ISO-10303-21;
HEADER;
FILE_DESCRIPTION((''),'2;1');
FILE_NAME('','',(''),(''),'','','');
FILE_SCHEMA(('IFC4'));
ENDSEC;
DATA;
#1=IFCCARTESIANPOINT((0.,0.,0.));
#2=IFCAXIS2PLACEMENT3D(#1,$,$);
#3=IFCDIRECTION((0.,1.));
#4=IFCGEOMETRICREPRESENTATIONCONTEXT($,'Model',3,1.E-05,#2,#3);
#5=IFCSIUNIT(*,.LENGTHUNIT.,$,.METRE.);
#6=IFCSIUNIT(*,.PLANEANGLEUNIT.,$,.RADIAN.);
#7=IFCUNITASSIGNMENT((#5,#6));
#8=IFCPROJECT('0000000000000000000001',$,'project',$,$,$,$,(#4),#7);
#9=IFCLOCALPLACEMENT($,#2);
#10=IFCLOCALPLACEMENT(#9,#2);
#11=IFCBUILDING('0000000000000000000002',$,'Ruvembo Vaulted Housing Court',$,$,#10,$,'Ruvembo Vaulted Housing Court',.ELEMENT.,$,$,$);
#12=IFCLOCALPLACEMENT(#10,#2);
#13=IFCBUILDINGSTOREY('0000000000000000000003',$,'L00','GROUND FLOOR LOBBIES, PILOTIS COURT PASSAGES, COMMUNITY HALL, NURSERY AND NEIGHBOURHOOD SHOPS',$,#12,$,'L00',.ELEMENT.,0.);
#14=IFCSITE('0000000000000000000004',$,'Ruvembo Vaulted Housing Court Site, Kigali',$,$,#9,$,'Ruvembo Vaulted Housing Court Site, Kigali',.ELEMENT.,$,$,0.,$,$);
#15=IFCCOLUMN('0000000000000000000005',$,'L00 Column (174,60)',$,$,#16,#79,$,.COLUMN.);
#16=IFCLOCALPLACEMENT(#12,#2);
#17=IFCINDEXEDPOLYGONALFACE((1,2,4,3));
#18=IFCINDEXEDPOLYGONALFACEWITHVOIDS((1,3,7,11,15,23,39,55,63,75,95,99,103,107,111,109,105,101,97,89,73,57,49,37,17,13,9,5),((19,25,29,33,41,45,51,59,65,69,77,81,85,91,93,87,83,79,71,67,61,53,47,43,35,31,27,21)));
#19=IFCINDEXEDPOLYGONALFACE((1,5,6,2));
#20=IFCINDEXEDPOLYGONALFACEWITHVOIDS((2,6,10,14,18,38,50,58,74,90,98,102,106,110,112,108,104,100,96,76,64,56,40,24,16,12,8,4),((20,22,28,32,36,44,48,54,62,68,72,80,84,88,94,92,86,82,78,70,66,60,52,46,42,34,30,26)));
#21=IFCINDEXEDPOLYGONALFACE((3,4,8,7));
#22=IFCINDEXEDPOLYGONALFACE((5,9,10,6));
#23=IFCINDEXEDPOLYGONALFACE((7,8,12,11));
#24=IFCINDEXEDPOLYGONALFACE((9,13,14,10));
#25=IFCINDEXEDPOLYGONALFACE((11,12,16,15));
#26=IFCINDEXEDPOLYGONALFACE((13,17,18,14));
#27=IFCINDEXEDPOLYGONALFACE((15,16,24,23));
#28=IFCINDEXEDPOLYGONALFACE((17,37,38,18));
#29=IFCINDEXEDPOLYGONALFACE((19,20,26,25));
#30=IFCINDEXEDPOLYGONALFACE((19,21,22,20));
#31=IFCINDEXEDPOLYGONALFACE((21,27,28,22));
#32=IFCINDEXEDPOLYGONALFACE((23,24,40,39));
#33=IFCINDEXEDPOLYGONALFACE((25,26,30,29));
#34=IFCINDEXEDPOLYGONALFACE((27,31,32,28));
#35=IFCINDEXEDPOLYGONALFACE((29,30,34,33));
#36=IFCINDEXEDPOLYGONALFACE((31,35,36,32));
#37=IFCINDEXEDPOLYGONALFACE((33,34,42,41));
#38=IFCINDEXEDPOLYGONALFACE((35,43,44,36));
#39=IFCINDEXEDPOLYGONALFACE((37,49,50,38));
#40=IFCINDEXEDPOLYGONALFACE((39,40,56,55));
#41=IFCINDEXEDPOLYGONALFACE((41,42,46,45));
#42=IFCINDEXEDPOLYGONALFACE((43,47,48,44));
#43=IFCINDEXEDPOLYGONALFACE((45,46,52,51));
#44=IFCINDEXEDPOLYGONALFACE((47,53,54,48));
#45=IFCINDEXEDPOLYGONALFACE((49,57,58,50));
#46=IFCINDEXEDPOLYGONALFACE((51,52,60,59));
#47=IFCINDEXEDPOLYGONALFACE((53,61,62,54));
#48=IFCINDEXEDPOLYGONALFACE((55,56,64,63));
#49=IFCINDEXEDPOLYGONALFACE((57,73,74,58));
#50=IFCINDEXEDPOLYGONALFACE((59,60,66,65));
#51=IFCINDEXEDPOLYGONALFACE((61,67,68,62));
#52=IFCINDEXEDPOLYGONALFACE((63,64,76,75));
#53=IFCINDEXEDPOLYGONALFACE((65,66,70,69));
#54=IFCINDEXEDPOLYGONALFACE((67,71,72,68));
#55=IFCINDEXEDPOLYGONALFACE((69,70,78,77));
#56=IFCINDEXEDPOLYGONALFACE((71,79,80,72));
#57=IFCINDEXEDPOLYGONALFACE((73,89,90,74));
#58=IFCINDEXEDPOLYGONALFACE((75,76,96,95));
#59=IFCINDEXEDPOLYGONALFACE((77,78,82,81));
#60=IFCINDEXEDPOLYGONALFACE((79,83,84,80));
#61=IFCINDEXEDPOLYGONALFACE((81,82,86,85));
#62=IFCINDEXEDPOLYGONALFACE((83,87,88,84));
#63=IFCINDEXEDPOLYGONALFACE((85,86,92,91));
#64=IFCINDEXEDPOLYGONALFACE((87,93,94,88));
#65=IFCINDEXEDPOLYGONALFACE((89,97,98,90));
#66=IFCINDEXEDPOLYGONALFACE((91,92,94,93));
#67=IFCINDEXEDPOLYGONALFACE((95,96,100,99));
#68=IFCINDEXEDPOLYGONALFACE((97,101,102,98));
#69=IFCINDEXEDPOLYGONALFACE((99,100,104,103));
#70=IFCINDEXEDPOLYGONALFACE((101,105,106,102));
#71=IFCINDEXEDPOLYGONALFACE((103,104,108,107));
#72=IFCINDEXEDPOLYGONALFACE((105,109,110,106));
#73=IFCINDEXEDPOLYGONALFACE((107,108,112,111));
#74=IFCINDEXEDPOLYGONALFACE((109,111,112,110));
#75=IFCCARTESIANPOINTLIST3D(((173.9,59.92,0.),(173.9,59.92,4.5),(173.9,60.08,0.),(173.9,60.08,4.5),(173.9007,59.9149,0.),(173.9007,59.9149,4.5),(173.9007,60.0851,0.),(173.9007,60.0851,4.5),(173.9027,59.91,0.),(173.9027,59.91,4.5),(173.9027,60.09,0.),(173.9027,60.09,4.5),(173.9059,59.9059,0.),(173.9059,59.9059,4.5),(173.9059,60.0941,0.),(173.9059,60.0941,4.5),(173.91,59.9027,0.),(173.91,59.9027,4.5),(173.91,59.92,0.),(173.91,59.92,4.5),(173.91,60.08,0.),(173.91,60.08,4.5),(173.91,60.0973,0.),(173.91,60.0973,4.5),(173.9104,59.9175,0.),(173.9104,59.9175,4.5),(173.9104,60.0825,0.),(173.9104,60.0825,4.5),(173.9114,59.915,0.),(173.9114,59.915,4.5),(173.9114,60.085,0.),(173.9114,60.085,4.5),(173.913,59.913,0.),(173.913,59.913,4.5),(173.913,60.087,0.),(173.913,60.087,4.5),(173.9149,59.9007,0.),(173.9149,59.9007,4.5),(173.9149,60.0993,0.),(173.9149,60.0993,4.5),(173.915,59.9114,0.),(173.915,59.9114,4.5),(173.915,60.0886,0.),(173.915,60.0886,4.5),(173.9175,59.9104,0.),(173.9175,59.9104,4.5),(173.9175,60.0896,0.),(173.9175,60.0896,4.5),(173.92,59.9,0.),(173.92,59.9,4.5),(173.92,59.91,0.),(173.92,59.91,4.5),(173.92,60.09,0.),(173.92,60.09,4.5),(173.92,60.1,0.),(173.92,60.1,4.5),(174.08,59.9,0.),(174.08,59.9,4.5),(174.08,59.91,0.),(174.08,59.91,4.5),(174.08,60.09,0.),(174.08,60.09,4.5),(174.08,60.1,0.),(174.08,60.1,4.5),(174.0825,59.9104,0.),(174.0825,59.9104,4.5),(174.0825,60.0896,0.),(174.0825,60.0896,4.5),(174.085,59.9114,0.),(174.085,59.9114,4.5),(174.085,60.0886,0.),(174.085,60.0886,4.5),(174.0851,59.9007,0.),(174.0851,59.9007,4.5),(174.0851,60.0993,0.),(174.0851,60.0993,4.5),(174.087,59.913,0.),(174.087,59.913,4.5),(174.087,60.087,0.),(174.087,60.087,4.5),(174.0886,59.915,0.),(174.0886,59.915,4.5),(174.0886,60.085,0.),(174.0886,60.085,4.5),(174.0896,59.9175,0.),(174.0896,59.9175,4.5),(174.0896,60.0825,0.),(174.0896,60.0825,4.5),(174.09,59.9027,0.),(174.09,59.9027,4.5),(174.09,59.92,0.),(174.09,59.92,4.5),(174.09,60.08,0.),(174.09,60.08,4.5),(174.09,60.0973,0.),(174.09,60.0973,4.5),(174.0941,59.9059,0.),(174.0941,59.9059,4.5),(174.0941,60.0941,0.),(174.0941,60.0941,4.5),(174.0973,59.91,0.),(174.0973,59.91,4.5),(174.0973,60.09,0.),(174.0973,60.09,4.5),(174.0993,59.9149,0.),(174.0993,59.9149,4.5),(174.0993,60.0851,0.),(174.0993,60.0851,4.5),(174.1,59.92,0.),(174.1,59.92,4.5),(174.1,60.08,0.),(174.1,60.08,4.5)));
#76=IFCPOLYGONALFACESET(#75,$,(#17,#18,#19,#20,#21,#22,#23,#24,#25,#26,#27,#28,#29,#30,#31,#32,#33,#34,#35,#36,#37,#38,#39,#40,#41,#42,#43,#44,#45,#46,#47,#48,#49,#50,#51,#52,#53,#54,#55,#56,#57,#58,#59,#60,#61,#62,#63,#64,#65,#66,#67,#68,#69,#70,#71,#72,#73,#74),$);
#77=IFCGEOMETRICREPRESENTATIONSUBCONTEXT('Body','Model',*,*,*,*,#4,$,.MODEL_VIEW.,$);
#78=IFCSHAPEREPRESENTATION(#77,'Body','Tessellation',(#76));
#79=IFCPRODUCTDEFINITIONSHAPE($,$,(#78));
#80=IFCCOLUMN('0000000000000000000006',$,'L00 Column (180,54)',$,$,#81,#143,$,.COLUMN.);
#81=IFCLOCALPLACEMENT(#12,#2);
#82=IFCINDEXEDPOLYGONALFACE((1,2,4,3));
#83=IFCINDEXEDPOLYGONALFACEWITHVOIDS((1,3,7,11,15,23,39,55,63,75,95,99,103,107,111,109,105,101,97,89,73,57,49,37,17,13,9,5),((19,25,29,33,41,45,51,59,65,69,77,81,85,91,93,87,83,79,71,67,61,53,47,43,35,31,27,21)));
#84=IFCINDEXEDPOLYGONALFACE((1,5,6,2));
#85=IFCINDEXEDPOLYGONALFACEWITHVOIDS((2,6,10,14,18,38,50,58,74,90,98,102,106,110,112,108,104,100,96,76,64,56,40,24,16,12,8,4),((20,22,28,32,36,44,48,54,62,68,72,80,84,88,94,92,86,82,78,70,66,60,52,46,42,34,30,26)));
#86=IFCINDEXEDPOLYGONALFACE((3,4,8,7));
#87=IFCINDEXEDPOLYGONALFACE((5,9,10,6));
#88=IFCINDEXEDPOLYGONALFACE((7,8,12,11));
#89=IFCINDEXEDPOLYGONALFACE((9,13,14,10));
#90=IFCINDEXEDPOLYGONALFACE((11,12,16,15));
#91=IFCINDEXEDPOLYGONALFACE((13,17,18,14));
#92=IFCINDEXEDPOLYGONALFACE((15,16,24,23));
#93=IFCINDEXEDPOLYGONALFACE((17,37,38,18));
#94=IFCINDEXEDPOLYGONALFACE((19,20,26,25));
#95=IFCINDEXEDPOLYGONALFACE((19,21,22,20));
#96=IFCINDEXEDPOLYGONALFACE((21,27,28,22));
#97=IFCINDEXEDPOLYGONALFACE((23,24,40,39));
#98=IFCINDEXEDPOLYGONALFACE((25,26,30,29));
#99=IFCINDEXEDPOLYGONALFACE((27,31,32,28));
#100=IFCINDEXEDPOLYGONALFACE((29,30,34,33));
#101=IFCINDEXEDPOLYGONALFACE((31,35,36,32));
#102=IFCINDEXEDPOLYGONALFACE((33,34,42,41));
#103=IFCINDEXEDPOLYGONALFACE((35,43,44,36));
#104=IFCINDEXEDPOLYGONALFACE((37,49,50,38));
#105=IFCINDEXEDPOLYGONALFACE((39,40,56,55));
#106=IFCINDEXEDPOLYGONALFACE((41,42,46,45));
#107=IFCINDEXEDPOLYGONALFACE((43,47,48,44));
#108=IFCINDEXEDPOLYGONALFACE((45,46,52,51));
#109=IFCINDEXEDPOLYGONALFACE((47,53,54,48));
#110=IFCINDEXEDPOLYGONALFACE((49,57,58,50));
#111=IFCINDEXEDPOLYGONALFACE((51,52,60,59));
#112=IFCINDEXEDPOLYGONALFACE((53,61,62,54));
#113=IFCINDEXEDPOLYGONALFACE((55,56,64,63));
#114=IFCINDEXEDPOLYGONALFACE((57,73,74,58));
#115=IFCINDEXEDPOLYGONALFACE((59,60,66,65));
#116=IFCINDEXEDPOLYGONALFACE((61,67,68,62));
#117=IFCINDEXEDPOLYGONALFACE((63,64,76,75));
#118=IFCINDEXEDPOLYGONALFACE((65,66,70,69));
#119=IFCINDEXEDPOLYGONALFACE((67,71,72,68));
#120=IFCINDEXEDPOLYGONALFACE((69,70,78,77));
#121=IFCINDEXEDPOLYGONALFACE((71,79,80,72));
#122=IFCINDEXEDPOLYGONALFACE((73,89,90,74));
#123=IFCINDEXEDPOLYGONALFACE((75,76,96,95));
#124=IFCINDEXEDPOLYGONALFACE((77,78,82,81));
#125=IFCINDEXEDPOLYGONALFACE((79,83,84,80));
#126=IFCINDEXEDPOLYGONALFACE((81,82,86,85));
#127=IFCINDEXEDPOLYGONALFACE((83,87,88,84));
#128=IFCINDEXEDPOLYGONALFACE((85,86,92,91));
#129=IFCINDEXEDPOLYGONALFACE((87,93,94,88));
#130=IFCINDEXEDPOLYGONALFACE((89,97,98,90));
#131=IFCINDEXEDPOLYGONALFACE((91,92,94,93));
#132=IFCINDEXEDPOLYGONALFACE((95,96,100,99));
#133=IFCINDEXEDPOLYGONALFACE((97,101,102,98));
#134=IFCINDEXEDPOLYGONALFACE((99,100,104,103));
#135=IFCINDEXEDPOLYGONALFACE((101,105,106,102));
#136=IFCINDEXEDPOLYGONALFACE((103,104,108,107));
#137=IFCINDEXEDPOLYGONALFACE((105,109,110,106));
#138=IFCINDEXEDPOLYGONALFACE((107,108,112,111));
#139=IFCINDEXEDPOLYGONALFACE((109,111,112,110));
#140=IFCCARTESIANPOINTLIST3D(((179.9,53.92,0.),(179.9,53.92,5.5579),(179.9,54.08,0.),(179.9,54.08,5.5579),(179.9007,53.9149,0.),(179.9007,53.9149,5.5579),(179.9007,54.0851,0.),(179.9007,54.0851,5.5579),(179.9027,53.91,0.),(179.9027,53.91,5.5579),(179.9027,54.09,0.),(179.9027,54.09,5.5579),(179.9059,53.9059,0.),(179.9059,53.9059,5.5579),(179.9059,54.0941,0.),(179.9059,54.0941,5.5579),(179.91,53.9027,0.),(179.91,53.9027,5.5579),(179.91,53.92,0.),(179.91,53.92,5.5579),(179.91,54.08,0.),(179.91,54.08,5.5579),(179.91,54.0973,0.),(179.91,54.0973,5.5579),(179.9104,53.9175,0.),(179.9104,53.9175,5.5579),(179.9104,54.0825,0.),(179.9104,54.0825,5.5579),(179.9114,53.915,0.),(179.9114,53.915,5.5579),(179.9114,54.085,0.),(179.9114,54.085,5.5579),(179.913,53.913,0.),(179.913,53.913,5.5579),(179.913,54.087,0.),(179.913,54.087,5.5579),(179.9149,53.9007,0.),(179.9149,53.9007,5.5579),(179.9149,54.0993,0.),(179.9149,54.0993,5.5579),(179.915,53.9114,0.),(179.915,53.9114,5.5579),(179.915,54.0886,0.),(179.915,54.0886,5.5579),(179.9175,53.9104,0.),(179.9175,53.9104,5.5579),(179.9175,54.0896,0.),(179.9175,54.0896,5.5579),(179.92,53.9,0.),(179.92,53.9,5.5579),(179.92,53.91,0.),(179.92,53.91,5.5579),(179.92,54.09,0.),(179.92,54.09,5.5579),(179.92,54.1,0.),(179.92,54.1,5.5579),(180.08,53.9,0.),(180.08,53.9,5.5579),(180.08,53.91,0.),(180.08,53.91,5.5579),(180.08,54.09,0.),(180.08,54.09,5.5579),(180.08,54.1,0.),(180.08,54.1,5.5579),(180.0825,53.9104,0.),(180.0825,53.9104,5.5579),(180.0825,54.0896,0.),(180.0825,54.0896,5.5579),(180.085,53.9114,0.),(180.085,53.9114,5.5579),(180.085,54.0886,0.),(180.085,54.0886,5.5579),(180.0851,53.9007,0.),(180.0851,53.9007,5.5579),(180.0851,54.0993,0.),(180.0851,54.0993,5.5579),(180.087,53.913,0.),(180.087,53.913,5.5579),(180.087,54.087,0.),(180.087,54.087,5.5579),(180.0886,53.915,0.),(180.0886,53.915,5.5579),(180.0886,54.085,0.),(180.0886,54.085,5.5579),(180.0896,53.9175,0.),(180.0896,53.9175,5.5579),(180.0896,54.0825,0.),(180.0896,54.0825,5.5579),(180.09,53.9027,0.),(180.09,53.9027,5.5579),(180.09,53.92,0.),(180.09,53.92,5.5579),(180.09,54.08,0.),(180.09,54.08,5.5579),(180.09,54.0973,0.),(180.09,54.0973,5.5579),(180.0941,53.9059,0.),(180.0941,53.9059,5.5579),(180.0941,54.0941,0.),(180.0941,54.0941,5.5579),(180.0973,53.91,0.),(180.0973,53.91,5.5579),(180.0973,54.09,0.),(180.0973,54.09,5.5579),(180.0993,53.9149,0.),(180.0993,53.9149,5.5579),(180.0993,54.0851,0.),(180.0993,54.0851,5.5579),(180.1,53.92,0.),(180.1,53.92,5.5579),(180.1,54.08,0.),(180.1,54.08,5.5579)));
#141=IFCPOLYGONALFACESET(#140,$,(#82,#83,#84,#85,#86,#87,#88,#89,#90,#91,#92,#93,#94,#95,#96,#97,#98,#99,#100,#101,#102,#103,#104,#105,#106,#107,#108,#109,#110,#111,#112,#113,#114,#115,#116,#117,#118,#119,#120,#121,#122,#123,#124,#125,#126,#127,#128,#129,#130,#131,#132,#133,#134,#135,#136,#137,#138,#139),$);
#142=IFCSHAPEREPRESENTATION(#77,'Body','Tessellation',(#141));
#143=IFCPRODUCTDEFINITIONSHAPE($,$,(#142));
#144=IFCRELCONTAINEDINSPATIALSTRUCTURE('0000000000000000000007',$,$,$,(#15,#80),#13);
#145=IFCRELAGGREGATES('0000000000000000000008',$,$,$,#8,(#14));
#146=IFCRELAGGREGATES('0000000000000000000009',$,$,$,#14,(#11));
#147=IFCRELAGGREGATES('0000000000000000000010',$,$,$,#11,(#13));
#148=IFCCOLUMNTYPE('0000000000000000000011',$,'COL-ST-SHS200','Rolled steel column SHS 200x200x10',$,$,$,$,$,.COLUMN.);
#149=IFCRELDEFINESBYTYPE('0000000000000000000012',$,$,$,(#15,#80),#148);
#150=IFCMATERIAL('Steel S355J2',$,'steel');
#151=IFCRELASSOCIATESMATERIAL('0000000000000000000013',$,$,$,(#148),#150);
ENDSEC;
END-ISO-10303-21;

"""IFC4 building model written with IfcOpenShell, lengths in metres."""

from ifc_helpers import new_model, si_unit, direction, frame, origin, origin_2d, place, context, subcontext, project, spatial, hollow_rectangle, extrude, material, material_profile, profile_set, type_object, element, save


model = new_model("IFC4")

# Units and contexts
model_context = context("Model", 3, precision=1e-05, world=origin(), true_north=direction((0.0, 1.0)))
body_context = subcontext(model_context, "Body", "Model", "MODEL_VIEW")
ifc_project = project(units=[si_unit("LENGTHUNIT", "METRE"), si_unit("PLANEANGLEUNIT", "RADIAN")], contexts=[model_context])

# Site, building, storey
site_placement = place(None, origin())
site = spatial("IfcSite", under=ifc_project, at=site_placement, Name="Ruvembo Vaulted Housing Court Site, Kigali", LongName="Ruvembo Vaulted Housing Court Site, Kigali", CompositionType="ELEMENT", RefElevation=0.0)
building_placement = place(site_placement, origin())
building = spatial("IfcBuilding", under=site, at=building_placement, Name="Ruvembo Vaulted Housing Court", LongName="Ruvembo Vaulted Housing Court", CompositionType="ELEMENT")
storey_placement = place(building_placement, origin())
storey = spatial("IfcBuildingStorey", under=building, at=storey_placement, Name="L00", Description="GROUND FLOOR LOBBIES, PILOTIS COURT PASSAGES, COMMUNITY HALL, NURSERY AND NEIGHBOURHOOD SHOPS", LongName="L00", CompositionType="ELEMENT", Elevation=0.0)

# Columns
ifc_material_1 = material(Name="Steel S355J2", Category="steel")
ifc_material_profile_1 = material_profile(ifc_material_1, hollow_rectangle(XDim=0.2, YDim=0.2, WallThickness=0.01, InnerFilletRadius=0.01, OuterFilletRadius=0.02, at=origin_2d()), Name="SHS 200x200x10")
ifc_profile_set_1 = profile_set([ifc_material_profile_1], Name="Steel S355J2")
column_type_1 = type_object("IfcColumnType", Name="COL-ST-SHS200", Description="Rolled steel column SHS 200x200x10", PredefinedType="COLUMN", material=ifc_profile_set_1)
for number, where, z_axis, x_axis, name in (
    (1, (174.0, 60.0, 0.0), (0.0, 0.0, 1.0), (1.0, 0.0, 0.0), "L00 Column (174,60)"),
):
    element("IfcColumn", number, at=place(storey_placement, frame(where, z_axis=z_axis, x_axis=x_axis)), inside=storey, type_object=column_type_1, Name=name, PredefinedType="COLUMN", context=body_context, shape_type="SweptSolid", body=[
        extrude(hollow_rectangle(XDim=0.2, YDim=0.2, WallThickness=0.01, InnerFilletRadius=0.01, OuterFilletRadius=0.02, at=origin_2d()), origin(), (0.0, 0.0, 1.0), 4.5),
    ])
for number, where, z_axis, x_axis, name in (
    (2, (180.0, 54.0, 0.0), (0.0, 0.0, 1.0), (1.0, 0.0, 0.0), "L00 Column (180,54)"),
):
    element("IfcColumn", number, at=place(storey_placement, frame(where, z_axis=z_axis, x_axis=x_axis)), inside=storey, type_object=column_type_1, Name=name, PredefinedType="COLUMN", context=body_context, shape_type="SweptSolid", body=[
        extrude(hollow_rectangle(XDim=0.2, YDim=0.2, WallThickness=0.01, InnerFilletRadius=0.01, OuterFilletRadius=0.02, at=origin_2d()), origin(), (0.0, 0.0, 1.0), 5.5579),
    ])

save(model, "model.ifc")
